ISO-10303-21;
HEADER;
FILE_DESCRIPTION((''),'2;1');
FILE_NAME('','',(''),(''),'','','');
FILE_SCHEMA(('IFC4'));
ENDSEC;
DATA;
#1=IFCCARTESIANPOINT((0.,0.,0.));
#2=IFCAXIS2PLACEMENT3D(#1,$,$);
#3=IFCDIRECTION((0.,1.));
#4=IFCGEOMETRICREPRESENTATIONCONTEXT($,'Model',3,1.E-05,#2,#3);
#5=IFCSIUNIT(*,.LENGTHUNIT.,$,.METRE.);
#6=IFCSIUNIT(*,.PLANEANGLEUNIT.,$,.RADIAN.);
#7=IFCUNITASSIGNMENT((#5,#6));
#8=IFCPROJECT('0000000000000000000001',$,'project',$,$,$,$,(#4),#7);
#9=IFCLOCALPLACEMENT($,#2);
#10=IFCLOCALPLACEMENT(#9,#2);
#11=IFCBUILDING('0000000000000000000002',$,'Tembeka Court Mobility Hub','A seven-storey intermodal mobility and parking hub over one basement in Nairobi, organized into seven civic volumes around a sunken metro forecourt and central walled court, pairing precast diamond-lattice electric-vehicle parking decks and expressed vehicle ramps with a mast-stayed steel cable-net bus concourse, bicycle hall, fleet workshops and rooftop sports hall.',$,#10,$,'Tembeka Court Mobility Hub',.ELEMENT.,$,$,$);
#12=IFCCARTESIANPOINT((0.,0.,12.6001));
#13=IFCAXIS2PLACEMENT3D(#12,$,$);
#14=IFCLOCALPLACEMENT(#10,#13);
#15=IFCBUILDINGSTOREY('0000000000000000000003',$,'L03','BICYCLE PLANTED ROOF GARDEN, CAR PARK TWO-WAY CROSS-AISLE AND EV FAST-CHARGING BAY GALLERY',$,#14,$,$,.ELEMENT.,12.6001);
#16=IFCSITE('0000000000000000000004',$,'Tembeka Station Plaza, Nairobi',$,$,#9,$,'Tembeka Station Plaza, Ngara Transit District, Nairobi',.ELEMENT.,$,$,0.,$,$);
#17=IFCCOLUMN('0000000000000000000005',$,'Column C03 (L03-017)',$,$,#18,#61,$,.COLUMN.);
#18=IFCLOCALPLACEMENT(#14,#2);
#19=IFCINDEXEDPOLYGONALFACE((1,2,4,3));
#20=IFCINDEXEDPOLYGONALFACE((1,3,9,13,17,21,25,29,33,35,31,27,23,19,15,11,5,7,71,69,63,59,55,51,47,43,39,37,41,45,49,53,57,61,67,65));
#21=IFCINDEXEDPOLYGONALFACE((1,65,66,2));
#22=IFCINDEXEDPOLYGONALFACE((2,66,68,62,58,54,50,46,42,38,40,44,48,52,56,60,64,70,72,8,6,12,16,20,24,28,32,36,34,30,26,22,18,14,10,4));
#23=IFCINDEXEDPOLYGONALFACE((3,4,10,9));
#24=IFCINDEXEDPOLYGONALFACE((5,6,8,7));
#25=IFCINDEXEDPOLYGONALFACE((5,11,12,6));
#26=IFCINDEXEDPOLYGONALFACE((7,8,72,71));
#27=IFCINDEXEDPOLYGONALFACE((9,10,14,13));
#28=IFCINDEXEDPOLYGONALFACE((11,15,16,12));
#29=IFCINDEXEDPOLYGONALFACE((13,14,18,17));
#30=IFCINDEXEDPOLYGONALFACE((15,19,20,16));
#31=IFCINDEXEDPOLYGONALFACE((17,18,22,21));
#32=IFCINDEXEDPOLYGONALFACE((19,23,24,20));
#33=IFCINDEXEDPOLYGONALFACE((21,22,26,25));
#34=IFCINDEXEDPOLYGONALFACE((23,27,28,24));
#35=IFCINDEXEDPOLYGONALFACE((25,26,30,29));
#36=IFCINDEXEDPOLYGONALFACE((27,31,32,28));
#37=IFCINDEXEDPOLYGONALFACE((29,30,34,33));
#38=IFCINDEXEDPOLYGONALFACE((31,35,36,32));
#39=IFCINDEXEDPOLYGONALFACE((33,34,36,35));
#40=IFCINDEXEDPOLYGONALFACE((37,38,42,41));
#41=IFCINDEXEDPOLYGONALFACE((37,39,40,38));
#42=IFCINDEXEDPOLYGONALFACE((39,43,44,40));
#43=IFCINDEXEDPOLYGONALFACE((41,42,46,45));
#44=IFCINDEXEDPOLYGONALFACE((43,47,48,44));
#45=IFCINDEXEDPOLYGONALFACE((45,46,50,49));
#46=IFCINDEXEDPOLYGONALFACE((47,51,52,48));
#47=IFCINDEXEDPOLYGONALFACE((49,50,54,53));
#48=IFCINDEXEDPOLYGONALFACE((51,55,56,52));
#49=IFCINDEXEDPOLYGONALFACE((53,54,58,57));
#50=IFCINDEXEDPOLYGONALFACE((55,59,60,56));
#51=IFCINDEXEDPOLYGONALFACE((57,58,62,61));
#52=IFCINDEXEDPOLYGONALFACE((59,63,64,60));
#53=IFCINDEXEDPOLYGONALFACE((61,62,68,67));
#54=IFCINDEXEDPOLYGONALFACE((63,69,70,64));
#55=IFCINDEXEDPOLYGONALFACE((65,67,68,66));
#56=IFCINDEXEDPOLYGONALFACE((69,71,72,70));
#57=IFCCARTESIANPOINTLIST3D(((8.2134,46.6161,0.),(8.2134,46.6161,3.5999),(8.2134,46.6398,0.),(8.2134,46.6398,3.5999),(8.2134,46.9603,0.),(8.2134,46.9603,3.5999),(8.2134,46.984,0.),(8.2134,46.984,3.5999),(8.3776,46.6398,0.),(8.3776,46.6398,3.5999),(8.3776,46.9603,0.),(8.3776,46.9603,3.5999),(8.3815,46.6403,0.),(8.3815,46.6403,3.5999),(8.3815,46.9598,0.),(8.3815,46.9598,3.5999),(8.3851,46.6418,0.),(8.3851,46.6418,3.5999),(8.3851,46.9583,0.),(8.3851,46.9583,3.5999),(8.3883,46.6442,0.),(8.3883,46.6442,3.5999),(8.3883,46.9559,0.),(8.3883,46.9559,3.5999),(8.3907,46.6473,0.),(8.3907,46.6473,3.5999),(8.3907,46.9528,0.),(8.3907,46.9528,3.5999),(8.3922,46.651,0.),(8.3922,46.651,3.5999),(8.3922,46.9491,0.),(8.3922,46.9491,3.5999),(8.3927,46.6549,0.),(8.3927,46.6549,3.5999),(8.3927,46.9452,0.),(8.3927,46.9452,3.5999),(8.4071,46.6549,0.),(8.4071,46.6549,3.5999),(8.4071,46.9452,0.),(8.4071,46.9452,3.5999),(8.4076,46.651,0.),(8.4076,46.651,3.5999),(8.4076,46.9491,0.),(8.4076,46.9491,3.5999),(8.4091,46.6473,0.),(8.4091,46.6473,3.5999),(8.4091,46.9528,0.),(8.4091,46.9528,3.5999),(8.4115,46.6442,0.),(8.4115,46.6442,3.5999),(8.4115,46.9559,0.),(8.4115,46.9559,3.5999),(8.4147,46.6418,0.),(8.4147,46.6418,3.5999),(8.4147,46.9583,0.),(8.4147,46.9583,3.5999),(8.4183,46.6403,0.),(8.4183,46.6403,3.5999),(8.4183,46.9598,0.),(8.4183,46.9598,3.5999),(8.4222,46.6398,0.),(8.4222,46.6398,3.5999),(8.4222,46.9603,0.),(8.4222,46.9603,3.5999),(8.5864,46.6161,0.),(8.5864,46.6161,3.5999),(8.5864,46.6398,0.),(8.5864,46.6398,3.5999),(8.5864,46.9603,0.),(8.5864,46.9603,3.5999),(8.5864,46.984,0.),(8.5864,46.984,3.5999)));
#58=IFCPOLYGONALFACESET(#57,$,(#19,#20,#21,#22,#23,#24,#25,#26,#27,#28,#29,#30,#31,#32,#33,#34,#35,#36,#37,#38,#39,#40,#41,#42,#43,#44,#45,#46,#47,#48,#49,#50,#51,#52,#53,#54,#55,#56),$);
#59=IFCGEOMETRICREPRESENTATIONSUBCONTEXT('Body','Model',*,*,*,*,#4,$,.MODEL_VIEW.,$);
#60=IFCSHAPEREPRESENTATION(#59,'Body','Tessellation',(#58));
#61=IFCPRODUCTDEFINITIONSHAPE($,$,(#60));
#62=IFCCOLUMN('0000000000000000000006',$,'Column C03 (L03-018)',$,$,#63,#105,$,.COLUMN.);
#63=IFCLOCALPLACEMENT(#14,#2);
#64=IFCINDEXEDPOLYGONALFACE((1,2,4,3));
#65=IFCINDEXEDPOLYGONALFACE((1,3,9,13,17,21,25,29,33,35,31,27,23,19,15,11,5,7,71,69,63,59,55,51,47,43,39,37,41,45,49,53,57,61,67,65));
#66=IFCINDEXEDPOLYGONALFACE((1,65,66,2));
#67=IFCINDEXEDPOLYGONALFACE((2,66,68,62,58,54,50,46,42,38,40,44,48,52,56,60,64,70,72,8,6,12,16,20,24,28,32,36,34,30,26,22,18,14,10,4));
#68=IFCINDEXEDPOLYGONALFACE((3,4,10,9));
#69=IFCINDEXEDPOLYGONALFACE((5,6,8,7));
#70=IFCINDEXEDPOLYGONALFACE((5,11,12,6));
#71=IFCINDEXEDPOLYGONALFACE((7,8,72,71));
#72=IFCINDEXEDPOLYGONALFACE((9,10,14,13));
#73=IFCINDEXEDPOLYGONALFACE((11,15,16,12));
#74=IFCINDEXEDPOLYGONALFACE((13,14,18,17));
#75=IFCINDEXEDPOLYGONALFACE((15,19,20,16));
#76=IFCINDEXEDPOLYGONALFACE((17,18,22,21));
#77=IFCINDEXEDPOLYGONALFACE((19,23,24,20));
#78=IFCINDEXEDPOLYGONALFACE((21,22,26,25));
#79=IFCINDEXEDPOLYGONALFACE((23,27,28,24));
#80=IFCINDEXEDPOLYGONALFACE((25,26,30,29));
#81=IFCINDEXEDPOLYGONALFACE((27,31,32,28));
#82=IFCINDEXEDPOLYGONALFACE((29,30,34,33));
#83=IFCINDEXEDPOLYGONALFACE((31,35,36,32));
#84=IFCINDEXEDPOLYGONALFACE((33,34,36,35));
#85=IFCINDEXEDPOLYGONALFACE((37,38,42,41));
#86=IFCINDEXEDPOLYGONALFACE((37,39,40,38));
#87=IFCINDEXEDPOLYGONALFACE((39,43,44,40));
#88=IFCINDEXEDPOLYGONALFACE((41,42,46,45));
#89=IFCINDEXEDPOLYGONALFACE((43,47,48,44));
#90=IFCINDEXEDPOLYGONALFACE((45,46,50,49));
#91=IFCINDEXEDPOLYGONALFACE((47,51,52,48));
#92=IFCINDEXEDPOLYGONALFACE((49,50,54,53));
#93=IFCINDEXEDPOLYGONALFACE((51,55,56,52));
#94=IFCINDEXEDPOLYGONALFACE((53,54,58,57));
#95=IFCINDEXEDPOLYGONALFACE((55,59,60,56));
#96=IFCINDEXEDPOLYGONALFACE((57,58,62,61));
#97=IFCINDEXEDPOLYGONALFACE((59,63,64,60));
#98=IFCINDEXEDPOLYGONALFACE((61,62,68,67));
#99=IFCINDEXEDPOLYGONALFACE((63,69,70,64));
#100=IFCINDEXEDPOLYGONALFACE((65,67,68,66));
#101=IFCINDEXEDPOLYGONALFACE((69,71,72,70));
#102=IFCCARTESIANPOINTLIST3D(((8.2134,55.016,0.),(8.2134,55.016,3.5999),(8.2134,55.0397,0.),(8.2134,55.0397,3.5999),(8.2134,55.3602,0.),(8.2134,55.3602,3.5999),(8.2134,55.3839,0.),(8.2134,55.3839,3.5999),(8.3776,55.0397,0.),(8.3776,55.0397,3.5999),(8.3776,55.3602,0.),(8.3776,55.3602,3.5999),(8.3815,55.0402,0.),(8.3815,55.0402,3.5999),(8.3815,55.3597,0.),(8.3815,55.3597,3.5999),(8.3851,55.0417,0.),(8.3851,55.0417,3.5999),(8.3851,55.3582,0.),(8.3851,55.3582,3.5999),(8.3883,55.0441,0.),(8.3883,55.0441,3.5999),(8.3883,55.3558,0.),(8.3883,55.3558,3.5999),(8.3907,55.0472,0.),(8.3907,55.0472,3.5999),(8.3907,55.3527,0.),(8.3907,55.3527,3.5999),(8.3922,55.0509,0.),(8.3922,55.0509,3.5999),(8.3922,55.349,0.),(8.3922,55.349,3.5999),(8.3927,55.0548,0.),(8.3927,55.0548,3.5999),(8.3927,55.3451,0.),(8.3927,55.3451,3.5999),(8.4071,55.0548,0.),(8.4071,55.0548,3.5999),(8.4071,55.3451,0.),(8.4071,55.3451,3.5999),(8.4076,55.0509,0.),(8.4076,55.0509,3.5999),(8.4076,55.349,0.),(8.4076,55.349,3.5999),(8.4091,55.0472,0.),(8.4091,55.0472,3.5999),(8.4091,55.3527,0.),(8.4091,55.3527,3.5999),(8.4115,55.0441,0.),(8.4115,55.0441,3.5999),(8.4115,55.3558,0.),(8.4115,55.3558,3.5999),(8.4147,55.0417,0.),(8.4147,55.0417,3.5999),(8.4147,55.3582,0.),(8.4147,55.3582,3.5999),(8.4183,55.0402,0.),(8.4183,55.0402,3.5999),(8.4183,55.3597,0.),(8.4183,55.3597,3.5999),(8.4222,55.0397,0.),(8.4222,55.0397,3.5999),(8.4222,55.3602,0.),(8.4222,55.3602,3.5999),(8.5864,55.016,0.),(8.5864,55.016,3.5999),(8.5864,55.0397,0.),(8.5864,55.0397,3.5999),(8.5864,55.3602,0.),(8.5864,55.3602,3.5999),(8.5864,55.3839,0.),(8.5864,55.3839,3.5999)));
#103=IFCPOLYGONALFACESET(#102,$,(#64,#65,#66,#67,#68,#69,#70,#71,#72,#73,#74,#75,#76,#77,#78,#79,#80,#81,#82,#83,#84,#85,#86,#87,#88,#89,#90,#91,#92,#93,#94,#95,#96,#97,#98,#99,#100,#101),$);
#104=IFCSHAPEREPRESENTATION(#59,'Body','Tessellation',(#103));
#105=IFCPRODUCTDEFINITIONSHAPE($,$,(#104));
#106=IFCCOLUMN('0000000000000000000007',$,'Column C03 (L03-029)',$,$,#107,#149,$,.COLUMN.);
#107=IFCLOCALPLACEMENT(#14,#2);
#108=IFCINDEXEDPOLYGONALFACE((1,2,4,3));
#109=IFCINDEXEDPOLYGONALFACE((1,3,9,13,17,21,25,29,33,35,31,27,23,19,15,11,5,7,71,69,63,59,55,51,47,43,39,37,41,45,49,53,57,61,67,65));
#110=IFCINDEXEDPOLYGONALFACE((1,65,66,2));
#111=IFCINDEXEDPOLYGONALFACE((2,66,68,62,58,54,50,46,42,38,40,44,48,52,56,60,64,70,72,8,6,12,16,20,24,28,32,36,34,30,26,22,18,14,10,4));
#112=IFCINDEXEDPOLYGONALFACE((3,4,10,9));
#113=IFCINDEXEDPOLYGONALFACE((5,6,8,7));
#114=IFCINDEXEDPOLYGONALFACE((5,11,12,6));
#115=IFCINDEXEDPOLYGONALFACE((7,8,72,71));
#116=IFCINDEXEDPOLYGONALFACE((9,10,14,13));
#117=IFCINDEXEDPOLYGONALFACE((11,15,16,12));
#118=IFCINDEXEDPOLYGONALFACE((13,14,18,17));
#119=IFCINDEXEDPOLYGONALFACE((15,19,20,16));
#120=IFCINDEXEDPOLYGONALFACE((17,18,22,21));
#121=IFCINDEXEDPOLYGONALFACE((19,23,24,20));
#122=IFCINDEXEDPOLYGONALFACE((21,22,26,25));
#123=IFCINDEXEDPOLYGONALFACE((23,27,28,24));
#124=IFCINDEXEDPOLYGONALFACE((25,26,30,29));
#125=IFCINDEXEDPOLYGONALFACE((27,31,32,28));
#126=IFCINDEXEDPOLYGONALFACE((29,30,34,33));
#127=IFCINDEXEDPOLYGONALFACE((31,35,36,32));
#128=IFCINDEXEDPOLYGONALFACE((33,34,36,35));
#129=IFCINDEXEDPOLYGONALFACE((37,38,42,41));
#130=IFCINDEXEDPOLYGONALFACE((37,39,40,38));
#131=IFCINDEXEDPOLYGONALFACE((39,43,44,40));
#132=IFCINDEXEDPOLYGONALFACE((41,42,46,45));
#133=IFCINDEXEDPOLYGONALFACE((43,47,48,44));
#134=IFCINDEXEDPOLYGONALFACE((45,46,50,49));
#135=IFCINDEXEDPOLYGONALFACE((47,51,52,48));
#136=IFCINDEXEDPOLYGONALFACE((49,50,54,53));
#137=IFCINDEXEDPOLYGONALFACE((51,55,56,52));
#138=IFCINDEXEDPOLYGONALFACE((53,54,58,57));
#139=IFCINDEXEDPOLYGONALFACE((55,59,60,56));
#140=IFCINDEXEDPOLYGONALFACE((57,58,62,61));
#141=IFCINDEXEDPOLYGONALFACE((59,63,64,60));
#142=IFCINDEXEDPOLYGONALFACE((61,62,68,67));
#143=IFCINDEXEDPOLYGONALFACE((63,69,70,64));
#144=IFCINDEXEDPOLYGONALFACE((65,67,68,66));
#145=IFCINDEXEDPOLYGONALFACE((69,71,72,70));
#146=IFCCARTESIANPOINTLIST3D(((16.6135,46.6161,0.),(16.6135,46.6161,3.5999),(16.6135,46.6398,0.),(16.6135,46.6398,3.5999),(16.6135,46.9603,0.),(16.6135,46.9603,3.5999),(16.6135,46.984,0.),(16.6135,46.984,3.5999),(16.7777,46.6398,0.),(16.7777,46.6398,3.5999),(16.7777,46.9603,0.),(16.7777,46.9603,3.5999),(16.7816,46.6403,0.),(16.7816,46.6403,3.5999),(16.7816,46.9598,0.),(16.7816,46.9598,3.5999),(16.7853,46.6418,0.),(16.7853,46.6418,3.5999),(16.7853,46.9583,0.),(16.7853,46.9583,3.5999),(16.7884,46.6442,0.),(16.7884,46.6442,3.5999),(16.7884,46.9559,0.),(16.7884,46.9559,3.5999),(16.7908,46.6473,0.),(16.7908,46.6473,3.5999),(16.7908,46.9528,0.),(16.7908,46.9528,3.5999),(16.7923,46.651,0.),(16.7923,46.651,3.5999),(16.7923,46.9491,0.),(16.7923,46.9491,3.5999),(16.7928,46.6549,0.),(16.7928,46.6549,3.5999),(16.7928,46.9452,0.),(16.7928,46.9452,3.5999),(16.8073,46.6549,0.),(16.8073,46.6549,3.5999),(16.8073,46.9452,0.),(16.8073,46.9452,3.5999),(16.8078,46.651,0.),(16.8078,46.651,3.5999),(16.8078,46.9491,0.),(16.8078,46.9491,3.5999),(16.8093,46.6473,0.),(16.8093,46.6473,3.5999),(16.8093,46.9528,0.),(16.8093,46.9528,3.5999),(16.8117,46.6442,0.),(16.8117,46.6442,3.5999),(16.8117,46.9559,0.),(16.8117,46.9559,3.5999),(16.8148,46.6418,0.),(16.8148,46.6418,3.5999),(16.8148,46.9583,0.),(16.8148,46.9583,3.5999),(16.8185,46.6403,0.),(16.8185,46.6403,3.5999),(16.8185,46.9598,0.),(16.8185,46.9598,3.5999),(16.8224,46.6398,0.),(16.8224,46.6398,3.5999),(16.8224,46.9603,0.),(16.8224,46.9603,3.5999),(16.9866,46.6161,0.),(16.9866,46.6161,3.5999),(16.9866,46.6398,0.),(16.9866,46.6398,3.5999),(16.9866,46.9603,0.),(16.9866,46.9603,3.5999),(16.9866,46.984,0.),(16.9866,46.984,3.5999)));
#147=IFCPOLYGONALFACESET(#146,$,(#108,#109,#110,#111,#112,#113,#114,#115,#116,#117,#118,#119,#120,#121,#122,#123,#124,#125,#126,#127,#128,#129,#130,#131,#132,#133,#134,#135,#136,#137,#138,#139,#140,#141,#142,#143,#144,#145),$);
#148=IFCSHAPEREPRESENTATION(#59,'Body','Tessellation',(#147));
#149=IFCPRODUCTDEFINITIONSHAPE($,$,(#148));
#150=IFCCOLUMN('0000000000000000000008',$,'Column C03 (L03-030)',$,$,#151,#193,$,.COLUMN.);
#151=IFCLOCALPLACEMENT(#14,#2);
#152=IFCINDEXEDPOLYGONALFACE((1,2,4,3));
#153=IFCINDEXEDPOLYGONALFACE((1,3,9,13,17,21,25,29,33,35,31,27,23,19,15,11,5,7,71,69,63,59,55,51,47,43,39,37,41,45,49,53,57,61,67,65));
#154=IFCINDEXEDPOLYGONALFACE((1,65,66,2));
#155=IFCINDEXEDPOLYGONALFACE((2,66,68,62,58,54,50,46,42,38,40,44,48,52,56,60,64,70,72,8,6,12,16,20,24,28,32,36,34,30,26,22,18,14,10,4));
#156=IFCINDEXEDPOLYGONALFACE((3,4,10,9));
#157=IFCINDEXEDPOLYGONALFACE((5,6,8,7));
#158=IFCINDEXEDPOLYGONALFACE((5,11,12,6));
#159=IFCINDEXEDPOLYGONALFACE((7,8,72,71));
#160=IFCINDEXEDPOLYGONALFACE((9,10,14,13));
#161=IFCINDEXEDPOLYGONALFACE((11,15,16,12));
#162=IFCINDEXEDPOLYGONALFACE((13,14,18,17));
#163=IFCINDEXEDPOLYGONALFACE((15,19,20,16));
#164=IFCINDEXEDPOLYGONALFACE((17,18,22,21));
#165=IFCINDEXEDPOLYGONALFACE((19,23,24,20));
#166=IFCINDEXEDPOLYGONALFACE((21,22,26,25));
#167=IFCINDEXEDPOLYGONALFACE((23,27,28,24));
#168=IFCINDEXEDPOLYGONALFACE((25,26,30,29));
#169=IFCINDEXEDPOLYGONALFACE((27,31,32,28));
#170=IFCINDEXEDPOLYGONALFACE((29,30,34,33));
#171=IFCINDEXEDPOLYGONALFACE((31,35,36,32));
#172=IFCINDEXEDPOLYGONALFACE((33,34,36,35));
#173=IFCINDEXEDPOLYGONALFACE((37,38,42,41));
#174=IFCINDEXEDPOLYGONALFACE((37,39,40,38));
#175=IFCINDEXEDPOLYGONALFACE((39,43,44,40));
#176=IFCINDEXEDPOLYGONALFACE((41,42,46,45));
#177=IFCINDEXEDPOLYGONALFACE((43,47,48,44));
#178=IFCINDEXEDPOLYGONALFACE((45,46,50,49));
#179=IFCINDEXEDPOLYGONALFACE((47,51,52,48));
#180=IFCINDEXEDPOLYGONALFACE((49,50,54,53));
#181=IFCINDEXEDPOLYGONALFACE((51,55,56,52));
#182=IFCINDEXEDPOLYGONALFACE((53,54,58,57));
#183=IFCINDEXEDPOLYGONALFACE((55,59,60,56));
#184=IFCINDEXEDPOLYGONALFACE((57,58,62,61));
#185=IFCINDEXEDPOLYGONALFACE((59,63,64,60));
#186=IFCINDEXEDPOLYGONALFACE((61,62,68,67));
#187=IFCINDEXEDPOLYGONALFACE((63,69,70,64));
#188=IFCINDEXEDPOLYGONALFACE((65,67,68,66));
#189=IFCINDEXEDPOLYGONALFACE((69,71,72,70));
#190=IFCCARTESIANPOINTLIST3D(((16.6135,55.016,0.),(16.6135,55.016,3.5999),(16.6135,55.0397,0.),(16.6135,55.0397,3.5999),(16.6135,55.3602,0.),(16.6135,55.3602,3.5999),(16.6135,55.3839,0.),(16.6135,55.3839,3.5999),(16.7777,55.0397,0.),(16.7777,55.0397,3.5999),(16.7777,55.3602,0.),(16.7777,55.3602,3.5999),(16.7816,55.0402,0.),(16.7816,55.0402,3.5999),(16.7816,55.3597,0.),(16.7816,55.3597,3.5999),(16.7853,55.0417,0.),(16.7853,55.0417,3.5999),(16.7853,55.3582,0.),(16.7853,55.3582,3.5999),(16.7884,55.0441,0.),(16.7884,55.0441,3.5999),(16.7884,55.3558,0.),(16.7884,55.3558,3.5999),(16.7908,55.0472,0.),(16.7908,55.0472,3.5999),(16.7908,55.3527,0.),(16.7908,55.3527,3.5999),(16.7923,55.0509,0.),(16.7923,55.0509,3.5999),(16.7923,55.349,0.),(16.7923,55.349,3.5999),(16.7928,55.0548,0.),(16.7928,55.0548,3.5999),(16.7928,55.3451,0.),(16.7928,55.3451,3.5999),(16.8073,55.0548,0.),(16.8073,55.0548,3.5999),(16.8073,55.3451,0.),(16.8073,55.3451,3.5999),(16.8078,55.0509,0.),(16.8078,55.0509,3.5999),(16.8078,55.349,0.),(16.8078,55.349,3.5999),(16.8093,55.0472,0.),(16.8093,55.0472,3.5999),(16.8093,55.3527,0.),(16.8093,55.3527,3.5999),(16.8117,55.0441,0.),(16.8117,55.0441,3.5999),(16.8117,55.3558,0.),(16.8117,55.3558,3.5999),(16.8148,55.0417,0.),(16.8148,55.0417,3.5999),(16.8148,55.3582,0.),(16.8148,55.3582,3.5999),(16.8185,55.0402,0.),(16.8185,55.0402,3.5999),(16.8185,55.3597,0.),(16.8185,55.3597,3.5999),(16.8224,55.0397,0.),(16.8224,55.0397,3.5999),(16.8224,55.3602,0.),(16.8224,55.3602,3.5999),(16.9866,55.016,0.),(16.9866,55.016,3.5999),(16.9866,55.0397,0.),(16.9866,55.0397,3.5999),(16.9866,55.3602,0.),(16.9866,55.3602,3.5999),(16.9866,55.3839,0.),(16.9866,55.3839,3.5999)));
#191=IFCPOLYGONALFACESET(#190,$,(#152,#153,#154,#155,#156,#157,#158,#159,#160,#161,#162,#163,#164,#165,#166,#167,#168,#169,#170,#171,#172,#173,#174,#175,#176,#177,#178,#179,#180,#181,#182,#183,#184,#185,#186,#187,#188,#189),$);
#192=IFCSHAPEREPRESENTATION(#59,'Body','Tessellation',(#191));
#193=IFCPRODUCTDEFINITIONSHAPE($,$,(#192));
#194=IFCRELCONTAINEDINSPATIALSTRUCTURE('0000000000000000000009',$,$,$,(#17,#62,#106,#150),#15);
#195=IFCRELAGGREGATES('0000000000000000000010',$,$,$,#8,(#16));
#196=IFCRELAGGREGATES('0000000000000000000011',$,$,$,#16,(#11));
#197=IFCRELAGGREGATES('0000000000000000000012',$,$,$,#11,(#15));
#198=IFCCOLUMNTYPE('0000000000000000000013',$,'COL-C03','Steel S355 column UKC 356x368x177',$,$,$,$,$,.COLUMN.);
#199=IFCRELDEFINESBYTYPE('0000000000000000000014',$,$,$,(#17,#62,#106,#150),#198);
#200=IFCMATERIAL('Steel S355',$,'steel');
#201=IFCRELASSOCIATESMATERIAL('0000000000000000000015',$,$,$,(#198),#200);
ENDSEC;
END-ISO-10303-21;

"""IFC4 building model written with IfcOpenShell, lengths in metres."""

from ifc_helpers import new_model, si_unit, direction, frame, origin, origin_2d, place, context, subcontext, project, spatial, i_section, extrude, material, material_profile, profile_set, type_object, element, save


model = new_model("IFC4")

# Units and contexts
model_context = context("Model", 3, precision=1e-05, world=origin(), true_north=direction((0.0, 1.0)))
body_context = subcontext(model_context, "Body", "Model", "MODEL_VIEW")
ifc_project = project(units=[si_unit("LENGTHUNIT", "METRE"), si_unit("PLANEANGLEUNIT", "RADIAN")], contexts=[model_context])

# Site, building, storey
site_placement = place(None, origin())
site = spatial("IfcSite", under=ifc_project, at=site_placement, Name="Tembeka Station Plaza, Nairobi", LongName="Tembeka Station Plaza, Ngara Transit District, Nairobi", CompositionType="ELEMENT", RefElevation=0.0)
building_placement = place(site_placement, origin())
building = spatial("IfcBuilding", under=site, at=building_placement, Name="Tembeka Court Mobility Hub", Description="A seven-storey intermodal mobility and parking hub over one basement in Nairobi, organized into seven civic volumes around a sunken metro forecourt and central walled court, pairing precast diamond-lattice electric-vehicle parking decks and expressed vehicle ramps with a mast-stayed steel cable-net bus concourse, bicycle hall, fleet workshops and rooftop sports hall.", LongName="Tembeka Court Mobility Hub", CompositionType="ELEMENT")
storey_placement = place(building_placement, frame((0.0, 0.0, 12.6001)))
storey = spatial("IfcBuildingStorey", under=building, at=storey_placement, Name="L03", Description="BICYCLE PLANTED ROOF GARDEN, CAR PARK TWO-WAY CROSS-AISLE AND EV FAST-CHARGING BAY GALLERY", CompositionType="ELEMENT", Elevation=12.6001)

# Columns
ifc_material_1 = material(Name="Steel S355", Category="steel")
ifc_material_profile_1 = material_profile(ifc_material_1, i_section(OverallWidth=0.373, OverallDepth=0.3679, WebThickness=0.0144, FlangeThickness=0.0237, FilletRadius=0.0151, at=origin_2d()), Name="UKC 356x368x177")
ifc_profile_set_1 = profile_set([ifc_material_profile_1], Name="Steel S355")
column_type = type_object("IfcColumnType", Name="COL-C03", Description="Steel S355 column UKC 356x368x177", PredefinedType="COLUMN", material=ifc_profile_set_1)
for number, where, z_axis, x_axis, name in (
    (1, (8.3999, 46.8, 0.0), (0.0, 0.0, 1.0), (1.0, 0.0, 0.0), "Column C03 (L03-017)"),
    (2, (8.3999, 55.2, 0.0), (0.0, 0.0, 1.0), (1.0, 0.0, 0.0), "Column C03 (L03-018)"),
    (3, (16.8, 46.8, 0.0), (0.0, 0.0, 1.0), (1.0, 0.0, 0.0), "Column C03 (L03-029)"),
    (4, (16.8, 55.2, 0.0), (0.0, 0.0, 1.0), (1.0, 0.0, 0.0), "Column C03 (L03-030)"),
):
    element("IfcColumn", number, at=place(storey_placement, frame(where, z_axis=z_axis, x_axis=x_axis)), inside=storey, type_object=column_type, Name=name, PredefinedType="COLUMN", context=body_context, shape_type="SweptSolid", body=[
        extrude(i_section(OverallWidth=0.373, OverallDepth=0.3679, WebThickness=0.0144, FlangeThickness=0.0237, FilletRadius=0.0151, at=origin_2d()), origin(), (0.0, 0.0, 1.0), 3.5999),
    ])

save(model, "model.ifc")
